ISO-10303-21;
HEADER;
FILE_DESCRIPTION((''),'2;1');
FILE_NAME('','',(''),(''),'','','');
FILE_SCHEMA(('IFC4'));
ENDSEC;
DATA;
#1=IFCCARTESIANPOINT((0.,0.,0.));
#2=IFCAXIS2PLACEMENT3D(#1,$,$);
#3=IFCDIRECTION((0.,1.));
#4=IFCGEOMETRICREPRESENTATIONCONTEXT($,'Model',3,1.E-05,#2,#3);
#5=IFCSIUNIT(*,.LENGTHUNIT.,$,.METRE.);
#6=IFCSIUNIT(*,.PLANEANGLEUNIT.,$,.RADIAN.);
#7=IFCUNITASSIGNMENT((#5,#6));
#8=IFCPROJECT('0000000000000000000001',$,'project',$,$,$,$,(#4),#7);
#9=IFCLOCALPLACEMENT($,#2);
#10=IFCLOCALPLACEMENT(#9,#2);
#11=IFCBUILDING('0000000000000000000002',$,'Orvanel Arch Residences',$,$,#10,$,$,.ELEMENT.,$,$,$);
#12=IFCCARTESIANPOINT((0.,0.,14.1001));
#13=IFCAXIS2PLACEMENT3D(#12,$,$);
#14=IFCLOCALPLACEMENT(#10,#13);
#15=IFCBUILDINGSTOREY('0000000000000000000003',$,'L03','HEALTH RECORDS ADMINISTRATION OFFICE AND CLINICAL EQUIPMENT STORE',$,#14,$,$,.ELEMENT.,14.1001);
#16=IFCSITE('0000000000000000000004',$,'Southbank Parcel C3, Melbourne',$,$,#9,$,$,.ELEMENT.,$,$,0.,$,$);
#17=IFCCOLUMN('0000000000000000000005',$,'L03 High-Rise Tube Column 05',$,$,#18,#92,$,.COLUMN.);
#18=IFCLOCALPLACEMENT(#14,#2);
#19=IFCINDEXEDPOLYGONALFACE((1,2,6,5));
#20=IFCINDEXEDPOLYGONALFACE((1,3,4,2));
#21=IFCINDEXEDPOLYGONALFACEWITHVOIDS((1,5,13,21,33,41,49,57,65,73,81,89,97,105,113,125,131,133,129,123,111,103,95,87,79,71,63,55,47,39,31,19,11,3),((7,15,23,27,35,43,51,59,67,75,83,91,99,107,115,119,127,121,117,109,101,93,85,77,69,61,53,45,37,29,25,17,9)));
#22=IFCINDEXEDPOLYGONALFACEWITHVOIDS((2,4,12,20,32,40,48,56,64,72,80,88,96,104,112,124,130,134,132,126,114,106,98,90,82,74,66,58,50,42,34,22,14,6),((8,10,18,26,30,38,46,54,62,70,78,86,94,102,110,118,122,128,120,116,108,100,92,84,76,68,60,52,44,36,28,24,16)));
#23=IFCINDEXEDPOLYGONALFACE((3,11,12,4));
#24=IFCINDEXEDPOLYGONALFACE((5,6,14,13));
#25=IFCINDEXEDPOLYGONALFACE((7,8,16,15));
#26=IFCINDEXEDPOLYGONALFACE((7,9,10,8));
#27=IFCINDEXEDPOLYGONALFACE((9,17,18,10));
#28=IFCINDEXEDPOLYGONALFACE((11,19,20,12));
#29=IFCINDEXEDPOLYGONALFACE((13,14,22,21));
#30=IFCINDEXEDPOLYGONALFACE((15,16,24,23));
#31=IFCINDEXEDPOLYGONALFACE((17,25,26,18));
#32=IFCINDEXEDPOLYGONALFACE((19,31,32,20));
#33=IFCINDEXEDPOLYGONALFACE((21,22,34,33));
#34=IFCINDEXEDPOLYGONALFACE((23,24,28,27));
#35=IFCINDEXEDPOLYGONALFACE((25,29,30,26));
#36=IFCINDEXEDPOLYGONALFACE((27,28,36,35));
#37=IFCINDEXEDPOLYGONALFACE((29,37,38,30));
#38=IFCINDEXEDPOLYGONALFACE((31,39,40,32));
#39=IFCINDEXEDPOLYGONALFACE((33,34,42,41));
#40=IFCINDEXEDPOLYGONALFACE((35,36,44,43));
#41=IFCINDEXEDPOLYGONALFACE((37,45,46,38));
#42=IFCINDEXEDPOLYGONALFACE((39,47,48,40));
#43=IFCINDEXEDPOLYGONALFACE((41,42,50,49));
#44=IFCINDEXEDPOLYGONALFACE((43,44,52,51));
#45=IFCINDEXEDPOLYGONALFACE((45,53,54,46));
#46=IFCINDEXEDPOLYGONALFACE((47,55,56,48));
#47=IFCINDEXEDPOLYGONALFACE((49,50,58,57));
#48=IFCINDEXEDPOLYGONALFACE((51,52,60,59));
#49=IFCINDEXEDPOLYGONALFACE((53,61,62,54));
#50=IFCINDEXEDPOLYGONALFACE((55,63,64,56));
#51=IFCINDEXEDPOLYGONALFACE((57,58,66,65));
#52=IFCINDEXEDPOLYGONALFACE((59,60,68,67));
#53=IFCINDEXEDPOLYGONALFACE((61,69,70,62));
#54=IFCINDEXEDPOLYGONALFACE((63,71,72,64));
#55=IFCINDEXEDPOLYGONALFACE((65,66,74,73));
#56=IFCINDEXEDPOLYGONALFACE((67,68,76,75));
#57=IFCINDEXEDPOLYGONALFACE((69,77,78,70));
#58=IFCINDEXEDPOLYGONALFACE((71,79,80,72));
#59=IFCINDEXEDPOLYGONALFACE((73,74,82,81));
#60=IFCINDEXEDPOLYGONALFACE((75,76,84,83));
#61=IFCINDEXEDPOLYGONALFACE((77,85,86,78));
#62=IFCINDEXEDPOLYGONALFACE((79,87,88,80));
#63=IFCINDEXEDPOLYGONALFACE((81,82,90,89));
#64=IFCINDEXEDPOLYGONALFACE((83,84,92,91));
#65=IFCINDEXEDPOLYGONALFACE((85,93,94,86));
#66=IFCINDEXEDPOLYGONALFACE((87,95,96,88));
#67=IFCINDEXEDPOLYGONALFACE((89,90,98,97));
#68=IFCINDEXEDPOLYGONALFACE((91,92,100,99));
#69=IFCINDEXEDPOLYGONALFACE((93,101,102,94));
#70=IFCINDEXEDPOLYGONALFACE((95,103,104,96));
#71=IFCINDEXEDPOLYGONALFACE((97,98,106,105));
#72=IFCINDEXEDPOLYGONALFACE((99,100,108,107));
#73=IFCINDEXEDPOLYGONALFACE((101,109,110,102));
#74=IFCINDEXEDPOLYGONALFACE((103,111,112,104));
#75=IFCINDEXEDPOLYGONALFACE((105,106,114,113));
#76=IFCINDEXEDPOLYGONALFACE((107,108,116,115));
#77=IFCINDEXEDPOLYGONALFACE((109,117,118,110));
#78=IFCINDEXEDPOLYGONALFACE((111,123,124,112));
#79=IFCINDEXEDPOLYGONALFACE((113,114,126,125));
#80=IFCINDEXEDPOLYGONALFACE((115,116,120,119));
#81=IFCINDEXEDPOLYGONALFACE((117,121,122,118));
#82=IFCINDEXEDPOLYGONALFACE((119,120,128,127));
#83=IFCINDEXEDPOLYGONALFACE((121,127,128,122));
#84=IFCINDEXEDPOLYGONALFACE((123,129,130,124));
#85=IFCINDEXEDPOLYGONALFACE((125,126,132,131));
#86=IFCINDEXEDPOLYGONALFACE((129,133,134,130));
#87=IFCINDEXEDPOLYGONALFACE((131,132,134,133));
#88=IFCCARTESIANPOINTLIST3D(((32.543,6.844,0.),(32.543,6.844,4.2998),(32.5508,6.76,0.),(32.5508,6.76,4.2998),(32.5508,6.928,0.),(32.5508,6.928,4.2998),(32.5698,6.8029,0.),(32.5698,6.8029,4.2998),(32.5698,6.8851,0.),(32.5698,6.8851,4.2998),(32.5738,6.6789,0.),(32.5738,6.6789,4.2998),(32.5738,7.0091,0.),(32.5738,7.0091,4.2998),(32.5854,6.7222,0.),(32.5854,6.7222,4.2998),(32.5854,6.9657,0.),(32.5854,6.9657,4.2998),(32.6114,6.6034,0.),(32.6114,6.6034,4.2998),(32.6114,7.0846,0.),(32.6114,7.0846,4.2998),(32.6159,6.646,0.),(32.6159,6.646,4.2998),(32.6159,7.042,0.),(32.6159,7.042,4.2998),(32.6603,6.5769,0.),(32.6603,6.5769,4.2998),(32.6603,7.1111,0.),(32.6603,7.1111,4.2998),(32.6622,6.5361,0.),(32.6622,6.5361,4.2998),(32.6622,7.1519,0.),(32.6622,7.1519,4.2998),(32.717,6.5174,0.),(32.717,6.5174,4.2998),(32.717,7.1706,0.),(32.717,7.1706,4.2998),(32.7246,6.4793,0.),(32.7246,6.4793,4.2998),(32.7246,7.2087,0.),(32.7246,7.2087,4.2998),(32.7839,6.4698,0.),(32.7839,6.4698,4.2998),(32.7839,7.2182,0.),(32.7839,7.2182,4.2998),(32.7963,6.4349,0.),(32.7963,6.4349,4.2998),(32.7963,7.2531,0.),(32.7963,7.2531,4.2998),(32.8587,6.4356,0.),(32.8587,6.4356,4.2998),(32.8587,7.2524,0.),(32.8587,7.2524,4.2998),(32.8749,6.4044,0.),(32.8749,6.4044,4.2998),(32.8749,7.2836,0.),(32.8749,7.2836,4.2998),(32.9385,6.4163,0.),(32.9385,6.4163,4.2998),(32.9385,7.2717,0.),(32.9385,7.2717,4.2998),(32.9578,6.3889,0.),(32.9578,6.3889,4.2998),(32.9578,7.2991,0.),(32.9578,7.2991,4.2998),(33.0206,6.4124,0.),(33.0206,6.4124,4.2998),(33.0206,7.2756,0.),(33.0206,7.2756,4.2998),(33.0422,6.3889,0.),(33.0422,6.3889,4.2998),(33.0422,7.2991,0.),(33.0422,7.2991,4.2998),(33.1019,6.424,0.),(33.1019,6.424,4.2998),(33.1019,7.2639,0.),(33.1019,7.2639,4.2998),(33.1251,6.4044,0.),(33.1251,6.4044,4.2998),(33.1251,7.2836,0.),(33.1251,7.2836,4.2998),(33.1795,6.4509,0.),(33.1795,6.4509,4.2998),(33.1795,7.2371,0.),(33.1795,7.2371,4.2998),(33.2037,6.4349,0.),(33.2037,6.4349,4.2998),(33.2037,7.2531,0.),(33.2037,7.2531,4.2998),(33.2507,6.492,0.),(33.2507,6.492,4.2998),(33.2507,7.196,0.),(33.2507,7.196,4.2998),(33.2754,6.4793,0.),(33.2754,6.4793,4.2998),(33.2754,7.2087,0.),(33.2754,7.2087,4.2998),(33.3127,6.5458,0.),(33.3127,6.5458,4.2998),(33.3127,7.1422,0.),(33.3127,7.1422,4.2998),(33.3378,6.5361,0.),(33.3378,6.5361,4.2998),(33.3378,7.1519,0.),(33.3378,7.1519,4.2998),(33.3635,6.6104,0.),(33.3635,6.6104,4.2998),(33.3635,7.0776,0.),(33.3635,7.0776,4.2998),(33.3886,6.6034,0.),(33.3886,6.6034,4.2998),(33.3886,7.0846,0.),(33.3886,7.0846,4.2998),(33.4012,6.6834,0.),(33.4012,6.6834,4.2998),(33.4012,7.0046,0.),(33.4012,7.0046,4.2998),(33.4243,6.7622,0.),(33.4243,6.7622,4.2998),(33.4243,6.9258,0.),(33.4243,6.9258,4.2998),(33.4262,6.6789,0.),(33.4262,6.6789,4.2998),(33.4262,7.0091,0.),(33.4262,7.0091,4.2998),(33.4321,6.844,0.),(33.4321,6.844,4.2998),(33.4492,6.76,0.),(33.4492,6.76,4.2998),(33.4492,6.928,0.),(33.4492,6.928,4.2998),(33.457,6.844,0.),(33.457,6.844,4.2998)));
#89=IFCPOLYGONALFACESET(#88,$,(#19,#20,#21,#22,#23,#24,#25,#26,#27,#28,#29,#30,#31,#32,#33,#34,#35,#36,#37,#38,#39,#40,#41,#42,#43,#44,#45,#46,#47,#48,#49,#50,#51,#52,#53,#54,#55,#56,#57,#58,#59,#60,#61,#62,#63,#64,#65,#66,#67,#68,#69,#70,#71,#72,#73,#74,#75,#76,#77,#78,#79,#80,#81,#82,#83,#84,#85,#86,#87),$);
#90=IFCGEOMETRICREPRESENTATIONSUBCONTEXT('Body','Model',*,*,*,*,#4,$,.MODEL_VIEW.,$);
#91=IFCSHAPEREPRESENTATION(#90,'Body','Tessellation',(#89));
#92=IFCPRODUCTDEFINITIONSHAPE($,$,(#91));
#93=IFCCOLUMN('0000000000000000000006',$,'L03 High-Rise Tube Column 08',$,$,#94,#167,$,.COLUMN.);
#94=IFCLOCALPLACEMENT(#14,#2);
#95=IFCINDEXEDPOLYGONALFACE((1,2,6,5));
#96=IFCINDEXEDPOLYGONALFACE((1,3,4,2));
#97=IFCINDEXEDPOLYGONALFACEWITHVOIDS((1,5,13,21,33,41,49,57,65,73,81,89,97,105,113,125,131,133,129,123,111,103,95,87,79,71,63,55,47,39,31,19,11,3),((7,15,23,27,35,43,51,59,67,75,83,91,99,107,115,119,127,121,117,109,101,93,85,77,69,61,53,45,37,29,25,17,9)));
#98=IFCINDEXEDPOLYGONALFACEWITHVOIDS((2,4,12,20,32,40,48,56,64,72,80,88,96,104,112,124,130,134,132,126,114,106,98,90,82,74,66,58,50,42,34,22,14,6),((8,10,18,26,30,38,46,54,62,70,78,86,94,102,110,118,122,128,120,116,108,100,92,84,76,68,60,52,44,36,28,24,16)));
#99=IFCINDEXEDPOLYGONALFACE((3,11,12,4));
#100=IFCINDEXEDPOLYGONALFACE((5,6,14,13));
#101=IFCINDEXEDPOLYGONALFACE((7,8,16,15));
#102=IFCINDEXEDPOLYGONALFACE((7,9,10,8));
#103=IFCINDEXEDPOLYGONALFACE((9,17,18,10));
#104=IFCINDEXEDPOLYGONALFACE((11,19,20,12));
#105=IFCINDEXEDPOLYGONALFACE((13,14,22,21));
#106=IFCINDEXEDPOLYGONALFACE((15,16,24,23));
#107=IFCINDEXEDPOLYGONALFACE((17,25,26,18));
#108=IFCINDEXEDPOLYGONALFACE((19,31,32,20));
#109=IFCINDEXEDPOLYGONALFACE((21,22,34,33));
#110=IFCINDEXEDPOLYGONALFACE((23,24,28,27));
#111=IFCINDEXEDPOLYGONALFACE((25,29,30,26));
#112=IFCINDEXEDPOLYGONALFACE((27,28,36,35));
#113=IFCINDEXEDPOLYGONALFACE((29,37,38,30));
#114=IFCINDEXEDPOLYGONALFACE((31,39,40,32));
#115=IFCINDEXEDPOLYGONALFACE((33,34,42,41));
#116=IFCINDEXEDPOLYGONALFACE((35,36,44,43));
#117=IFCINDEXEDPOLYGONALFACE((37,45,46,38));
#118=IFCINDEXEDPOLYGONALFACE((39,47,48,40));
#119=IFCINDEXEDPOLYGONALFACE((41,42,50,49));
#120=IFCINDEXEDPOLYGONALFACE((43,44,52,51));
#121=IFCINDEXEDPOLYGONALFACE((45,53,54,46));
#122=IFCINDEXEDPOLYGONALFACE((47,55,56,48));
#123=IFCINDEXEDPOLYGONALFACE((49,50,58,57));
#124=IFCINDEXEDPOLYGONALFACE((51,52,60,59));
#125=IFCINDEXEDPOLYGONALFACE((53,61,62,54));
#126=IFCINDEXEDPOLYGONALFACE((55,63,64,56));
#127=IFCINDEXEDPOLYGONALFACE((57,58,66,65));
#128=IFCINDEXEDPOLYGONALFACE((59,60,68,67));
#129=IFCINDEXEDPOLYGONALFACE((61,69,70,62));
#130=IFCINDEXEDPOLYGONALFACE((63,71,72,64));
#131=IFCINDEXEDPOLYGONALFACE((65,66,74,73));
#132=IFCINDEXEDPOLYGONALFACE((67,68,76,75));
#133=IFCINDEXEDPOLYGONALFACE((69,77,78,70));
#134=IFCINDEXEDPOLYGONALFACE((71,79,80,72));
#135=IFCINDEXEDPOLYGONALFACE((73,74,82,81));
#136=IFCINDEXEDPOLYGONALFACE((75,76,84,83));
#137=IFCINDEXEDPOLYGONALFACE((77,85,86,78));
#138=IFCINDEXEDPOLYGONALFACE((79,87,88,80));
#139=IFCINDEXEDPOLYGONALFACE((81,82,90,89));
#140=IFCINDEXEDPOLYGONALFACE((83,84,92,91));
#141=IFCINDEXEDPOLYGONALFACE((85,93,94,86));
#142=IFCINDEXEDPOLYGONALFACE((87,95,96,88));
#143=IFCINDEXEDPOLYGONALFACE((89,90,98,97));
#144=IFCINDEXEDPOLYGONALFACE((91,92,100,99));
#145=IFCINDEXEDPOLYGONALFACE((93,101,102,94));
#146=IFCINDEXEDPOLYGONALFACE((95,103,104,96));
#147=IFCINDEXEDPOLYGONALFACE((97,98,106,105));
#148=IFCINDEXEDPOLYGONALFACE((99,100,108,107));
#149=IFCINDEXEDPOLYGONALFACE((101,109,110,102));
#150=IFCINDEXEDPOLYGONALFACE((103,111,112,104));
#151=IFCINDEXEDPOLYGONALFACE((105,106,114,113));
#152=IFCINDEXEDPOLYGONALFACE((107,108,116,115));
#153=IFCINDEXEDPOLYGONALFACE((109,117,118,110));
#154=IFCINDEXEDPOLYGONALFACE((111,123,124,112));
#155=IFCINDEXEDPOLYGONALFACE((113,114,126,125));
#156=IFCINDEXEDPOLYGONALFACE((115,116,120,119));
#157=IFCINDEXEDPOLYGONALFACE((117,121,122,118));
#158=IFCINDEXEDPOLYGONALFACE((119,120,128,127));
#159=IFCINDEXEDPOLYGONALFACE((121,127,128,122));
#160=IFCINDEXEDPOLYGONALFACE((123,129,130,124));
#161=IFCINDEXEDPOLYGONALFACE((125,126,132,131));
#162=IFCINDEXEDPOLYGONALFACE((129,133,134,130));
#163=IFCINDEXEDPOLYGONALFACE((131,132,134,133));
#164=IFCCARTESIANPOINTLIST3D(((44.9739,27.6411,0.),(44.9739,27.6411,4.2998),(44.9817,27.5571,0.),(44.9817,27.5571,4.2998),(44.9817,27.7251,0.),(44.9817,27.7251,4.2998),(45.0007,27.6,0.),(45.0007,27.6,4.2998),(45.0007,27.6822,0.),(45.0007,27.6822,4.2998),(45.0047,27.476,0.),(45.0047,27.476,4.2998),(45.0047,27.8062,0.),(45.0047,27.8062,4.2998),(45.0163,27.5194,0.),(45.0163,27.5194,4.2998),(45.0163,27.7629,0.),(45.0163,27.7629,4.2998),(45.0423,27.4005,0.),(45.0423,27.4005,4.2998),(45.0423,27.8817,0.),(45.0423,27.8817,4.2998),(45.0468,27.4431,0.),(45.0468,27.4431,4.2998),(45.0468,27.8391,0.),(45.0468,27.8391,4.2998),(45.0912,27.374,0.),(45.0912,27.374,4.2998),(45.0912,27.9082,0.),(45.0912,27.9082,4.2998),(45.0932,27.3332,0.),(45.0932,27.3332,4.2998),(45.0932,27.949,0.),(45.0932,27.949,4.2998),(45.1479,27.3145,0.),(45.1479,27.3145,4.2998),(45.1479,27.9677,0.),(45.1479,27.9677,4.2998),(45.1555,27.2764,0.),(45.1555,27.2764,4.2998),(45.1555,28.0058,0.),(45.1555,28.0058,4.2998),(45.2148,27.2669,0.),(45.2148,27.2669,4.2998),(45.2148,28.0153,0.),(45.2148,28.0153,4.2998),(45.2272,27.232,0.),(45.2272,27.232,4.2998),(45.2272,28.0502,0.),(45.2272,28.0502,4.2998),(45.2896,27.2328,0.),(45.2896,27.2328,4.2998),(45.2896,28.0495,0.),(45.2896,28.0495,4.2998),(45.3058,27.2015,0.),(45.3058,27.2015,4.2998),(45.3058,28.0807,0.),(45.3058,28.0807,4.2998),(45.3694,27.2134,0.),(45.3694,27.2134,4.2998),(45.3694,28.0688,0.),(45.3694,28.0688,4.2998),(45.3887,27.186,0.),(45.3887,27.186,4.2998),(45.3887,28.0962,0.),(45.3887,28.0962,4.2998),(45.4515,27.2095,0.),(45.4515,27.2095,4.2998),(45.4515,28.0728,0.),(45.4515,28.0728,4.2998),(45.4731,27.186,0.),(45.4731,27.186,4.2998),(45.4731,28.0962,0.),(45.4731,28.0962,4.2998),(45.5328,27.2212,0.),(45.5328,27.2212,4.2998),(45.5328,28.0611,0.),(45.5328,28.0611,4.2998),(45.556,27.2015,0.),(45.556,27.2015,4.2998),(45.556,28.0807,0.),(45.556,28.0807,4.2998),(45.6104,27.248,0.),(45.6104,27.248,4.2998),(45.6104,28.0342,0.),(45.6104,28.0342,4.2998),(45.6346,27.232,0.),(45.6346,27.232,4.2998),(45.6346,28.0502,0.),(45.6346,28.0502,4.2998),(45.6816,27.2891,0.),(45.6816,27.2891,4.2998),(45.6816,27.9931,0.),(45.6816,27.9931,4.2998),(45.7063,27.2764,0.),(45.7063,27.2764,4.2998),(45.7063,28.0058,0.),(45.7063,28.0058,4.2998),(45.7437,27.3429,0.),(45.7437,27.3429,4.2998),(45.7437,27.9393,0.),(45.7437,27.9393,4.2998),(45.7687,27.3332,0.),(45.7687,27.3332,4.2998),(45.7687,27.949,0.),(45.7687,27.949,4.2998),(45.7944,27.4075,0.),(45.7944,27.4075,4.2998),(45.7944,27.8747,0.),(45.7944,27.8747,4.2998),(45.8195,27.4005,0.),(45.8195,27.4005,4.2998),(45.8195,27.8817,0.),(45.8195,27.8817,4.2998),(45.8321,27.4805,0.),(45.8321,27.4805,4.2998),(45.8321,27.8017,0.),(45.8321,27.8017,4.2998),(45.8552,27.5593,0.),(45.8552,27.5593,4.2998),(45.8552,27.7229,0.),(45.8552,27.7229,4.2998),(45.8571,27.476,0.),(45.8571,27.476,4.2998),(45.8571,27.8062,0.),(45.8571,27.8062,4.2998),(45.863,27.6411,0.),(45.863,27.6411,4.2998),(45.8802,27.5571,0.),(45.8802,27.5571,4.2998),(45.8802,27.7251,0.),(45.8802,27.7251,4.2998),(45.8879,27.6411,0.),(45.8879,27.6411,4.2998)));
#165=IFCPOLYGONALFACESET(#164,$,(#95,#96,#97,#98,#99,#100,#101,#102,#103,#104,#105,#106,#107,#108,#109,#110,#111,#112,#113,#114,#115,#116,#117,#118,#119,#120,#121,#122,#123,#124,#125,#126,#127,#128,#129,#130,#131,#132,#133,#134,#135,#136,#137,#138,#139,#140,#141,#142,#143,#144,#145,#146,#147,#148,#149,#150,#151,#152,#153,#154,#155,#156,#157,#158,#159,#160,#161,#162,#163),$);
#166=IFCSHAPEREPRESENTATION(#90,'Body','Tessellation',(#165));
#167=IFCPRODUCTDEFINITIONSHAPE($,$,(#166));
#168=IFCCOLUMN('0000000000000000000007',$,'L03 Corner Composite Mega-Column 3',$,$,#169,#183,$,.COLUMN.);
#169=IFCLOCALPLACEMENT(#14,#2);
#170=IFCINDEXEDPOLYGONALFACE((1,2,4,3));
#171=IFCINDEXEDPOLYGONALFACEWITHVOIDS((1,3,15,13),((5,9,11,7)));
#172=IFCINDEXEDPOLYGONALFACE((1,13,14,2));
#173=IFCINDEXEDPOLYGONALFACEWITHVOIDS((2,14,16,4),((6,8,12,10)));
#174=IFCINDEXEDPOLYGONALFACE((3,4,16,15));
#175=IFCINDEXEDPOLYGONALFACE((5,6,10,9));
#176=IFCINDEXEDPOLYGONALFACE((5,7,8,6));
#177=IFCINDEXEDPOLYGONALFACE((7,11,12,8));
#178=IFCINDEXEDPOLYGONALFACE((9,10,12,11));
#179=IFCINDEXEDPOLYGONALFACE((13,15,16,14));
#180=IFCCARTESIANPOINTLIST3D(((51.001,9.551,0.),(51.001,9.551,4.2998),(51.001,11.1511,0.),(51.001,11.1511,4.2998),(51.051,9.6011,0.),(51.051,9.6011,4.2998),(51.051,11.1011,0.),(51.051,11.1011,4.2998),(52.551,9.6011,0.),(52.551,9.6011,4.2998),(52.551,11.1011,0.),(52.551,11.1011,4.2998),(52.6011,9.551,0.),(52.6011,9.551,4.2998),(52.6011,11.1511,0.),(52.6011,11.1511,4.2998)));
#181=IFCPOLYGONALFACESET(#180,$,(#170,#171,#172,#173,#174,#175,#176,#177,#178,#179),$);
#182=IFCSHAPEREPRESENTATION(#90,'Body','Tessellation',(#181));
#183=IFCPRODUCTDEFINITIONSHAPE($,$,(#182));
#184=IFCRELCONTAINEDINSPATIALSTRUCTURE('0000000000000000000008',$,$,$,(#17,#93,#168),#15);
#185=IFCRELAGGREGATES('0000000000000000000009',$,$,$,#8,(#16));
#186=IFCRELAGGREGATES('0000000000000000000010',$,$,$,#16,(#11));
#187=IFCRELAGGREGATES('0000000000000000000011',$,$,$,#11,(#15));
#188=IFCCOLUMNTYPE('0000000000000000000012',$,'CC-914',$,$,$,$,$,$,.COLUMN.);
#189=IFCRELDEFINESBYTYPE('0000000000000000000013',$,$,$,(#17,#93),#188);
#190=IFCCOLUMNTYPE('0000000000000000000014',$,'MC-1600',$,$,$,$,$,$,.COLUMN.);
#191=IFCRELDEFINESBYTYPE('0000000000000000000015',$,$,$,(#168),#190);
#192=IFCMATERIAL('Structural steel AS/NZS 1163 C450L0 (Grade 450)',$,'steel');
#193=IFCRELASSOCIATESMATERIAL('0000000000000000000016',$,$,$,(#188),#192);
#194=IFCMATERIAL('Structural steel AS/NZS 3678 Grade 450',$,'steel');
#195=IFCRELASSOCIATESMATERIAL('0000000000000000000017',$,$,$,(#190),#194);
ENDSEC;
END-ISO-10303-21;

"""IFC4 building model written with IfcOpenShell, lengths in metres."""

from ifc_helpers import new_model, si_unit, direction, frame, origin, origin_2d, place, context, subcontext, project, spatial, hollow_rectangle, hollow_circle, extrude, material, material_profile, profile_set, type_object, element, save


model = new_model("IFC4")

# Units and contexts
model_context = context("Model", 3, precision=1e-05, world=origin(), true_north=direction((0.0, 1.0)))
body_context = subcontext(model_context, "Body", "Model", "MODEL_VIEW")
ifc_project = project(units=[si_unit("LENGTHUNIT", "METRE"), si_unit("PLANEANGLEUNIT", "RADIAN")], contexts=[model_context])

# Site, building, storey
site_placement = place(None, origin())
site = spatial("IfcSite", under=ifc_project, at=site_placement, Name="Southbank Parcel C3, Melbourne", CompositionType="ELEMENT", RefElevation=0.0)
building_placement = place(site_placement, origin())
building = spatial("IfcBuilding", under=site, at=building_placement, Name="Orvanel Arch Residences", CompositionType="ELEMENT")
storey_placement = place(building_placement, frame((0.0, 0.0, 14.1001)))
storey = spatial("IfcBuildingStorey", under=building, at=storey_placement, Name="L03", Description="HEALTH RECORDS ADMINISTRATION OFFICE AND CLINICAL EQUIPMENT STORE", CompositionType="ELEMENT", Elevation=14.1001)

# Columns
ifc_material_1 = material(Name="Structural steel AS/NZS 1163 C450L0 (Grade 450)", Category="steel")
ifc_material_profile_1 = material_profile(ifc_material_1, hollow_circle(Radius=0.457, WallThickness=0.0249, at=origin_2d()), Name="CHS914x25")
ifc_profile_set_1 = profile_set([ifc_material_profile_1], Name="Structural steel AS/NZS 1163 C450L0 (Grade 450)")
column_type_1 = type_object("IfcColumnType", Name="CC-914", PredefinedType="COLUMN", material=ifc_profile_set_1)
for number, where, z_axis, x_axis, name in (
    (1, (33.0, 6.844, 0.0), (0.0, 0.0, 1.0), (1.0, 0.0, 0.0), "L03 High-Rise Tube Column 05"),
    (2, (45.4309, 27.6411, 0.0), (0.0, 0.0, 1.0), (1.0, 0.0, 0.0), "L03 High-Rise Tube Column 08"),
):
    element("IfcColumn", number, at=place(storey_placement, frame(where, z_axis=z_axis, x_axis=x_axis)), inside=storey, type_object=column_type_1, Name=name, PredefinedType="COLUMN", context=body_context, shape_type="SweptSolid", body=[
        extrude(hollow_circle(Radius=0.457, WallThickness=0.0249, at=origin_2d()), origin(), (0.0, 0.0, 1.0), 4.2998),
    ])
ifc_material_2 = material(Name="Structural steel AS/NZS 3678 Grade 450", Category="steel")
ifc_material_profile_2 = material_profile(ifc_material_2, hollow_rectangle(XDim=1.6001, YDim=1.6001, WallThickness=0.05, at=origin_2d()), Name="BOX1600x1600x50")
ifc_profile_set_2 = profile_set([ifc_material_profile_2], Name="Structural steel AS/NZS 3678 Grade 450")
column_type_2 = type_object("IfcColumnType", Name="MC-1600", PredefinedType="COLUMN", material=ifc_profile_set_2)
column_1_placement = place(storey_placement, frame((51.801, 10.3511, 0.0), z_axis=(0.0, 0.0, 1.0), x_axis=(1.0, 0.0, 0.0)))
element("IfcColumn", 3, at=column_1_placement, inside=storey, type_object=column_type_2, Name="L03 Corner Composite Mega-Column 3", PredefinedType="COLUMN", context=body_context, shape_type="SweptSolid", body=[
    extrude(hollow_rectangle(XDim=1.6001, YDim=1.6001, WallThickness=0.05, at=origin_2d()), origin(), (0.0, 0.0, 1.0), 4.2998),
])

save(model, "model.ifc")
